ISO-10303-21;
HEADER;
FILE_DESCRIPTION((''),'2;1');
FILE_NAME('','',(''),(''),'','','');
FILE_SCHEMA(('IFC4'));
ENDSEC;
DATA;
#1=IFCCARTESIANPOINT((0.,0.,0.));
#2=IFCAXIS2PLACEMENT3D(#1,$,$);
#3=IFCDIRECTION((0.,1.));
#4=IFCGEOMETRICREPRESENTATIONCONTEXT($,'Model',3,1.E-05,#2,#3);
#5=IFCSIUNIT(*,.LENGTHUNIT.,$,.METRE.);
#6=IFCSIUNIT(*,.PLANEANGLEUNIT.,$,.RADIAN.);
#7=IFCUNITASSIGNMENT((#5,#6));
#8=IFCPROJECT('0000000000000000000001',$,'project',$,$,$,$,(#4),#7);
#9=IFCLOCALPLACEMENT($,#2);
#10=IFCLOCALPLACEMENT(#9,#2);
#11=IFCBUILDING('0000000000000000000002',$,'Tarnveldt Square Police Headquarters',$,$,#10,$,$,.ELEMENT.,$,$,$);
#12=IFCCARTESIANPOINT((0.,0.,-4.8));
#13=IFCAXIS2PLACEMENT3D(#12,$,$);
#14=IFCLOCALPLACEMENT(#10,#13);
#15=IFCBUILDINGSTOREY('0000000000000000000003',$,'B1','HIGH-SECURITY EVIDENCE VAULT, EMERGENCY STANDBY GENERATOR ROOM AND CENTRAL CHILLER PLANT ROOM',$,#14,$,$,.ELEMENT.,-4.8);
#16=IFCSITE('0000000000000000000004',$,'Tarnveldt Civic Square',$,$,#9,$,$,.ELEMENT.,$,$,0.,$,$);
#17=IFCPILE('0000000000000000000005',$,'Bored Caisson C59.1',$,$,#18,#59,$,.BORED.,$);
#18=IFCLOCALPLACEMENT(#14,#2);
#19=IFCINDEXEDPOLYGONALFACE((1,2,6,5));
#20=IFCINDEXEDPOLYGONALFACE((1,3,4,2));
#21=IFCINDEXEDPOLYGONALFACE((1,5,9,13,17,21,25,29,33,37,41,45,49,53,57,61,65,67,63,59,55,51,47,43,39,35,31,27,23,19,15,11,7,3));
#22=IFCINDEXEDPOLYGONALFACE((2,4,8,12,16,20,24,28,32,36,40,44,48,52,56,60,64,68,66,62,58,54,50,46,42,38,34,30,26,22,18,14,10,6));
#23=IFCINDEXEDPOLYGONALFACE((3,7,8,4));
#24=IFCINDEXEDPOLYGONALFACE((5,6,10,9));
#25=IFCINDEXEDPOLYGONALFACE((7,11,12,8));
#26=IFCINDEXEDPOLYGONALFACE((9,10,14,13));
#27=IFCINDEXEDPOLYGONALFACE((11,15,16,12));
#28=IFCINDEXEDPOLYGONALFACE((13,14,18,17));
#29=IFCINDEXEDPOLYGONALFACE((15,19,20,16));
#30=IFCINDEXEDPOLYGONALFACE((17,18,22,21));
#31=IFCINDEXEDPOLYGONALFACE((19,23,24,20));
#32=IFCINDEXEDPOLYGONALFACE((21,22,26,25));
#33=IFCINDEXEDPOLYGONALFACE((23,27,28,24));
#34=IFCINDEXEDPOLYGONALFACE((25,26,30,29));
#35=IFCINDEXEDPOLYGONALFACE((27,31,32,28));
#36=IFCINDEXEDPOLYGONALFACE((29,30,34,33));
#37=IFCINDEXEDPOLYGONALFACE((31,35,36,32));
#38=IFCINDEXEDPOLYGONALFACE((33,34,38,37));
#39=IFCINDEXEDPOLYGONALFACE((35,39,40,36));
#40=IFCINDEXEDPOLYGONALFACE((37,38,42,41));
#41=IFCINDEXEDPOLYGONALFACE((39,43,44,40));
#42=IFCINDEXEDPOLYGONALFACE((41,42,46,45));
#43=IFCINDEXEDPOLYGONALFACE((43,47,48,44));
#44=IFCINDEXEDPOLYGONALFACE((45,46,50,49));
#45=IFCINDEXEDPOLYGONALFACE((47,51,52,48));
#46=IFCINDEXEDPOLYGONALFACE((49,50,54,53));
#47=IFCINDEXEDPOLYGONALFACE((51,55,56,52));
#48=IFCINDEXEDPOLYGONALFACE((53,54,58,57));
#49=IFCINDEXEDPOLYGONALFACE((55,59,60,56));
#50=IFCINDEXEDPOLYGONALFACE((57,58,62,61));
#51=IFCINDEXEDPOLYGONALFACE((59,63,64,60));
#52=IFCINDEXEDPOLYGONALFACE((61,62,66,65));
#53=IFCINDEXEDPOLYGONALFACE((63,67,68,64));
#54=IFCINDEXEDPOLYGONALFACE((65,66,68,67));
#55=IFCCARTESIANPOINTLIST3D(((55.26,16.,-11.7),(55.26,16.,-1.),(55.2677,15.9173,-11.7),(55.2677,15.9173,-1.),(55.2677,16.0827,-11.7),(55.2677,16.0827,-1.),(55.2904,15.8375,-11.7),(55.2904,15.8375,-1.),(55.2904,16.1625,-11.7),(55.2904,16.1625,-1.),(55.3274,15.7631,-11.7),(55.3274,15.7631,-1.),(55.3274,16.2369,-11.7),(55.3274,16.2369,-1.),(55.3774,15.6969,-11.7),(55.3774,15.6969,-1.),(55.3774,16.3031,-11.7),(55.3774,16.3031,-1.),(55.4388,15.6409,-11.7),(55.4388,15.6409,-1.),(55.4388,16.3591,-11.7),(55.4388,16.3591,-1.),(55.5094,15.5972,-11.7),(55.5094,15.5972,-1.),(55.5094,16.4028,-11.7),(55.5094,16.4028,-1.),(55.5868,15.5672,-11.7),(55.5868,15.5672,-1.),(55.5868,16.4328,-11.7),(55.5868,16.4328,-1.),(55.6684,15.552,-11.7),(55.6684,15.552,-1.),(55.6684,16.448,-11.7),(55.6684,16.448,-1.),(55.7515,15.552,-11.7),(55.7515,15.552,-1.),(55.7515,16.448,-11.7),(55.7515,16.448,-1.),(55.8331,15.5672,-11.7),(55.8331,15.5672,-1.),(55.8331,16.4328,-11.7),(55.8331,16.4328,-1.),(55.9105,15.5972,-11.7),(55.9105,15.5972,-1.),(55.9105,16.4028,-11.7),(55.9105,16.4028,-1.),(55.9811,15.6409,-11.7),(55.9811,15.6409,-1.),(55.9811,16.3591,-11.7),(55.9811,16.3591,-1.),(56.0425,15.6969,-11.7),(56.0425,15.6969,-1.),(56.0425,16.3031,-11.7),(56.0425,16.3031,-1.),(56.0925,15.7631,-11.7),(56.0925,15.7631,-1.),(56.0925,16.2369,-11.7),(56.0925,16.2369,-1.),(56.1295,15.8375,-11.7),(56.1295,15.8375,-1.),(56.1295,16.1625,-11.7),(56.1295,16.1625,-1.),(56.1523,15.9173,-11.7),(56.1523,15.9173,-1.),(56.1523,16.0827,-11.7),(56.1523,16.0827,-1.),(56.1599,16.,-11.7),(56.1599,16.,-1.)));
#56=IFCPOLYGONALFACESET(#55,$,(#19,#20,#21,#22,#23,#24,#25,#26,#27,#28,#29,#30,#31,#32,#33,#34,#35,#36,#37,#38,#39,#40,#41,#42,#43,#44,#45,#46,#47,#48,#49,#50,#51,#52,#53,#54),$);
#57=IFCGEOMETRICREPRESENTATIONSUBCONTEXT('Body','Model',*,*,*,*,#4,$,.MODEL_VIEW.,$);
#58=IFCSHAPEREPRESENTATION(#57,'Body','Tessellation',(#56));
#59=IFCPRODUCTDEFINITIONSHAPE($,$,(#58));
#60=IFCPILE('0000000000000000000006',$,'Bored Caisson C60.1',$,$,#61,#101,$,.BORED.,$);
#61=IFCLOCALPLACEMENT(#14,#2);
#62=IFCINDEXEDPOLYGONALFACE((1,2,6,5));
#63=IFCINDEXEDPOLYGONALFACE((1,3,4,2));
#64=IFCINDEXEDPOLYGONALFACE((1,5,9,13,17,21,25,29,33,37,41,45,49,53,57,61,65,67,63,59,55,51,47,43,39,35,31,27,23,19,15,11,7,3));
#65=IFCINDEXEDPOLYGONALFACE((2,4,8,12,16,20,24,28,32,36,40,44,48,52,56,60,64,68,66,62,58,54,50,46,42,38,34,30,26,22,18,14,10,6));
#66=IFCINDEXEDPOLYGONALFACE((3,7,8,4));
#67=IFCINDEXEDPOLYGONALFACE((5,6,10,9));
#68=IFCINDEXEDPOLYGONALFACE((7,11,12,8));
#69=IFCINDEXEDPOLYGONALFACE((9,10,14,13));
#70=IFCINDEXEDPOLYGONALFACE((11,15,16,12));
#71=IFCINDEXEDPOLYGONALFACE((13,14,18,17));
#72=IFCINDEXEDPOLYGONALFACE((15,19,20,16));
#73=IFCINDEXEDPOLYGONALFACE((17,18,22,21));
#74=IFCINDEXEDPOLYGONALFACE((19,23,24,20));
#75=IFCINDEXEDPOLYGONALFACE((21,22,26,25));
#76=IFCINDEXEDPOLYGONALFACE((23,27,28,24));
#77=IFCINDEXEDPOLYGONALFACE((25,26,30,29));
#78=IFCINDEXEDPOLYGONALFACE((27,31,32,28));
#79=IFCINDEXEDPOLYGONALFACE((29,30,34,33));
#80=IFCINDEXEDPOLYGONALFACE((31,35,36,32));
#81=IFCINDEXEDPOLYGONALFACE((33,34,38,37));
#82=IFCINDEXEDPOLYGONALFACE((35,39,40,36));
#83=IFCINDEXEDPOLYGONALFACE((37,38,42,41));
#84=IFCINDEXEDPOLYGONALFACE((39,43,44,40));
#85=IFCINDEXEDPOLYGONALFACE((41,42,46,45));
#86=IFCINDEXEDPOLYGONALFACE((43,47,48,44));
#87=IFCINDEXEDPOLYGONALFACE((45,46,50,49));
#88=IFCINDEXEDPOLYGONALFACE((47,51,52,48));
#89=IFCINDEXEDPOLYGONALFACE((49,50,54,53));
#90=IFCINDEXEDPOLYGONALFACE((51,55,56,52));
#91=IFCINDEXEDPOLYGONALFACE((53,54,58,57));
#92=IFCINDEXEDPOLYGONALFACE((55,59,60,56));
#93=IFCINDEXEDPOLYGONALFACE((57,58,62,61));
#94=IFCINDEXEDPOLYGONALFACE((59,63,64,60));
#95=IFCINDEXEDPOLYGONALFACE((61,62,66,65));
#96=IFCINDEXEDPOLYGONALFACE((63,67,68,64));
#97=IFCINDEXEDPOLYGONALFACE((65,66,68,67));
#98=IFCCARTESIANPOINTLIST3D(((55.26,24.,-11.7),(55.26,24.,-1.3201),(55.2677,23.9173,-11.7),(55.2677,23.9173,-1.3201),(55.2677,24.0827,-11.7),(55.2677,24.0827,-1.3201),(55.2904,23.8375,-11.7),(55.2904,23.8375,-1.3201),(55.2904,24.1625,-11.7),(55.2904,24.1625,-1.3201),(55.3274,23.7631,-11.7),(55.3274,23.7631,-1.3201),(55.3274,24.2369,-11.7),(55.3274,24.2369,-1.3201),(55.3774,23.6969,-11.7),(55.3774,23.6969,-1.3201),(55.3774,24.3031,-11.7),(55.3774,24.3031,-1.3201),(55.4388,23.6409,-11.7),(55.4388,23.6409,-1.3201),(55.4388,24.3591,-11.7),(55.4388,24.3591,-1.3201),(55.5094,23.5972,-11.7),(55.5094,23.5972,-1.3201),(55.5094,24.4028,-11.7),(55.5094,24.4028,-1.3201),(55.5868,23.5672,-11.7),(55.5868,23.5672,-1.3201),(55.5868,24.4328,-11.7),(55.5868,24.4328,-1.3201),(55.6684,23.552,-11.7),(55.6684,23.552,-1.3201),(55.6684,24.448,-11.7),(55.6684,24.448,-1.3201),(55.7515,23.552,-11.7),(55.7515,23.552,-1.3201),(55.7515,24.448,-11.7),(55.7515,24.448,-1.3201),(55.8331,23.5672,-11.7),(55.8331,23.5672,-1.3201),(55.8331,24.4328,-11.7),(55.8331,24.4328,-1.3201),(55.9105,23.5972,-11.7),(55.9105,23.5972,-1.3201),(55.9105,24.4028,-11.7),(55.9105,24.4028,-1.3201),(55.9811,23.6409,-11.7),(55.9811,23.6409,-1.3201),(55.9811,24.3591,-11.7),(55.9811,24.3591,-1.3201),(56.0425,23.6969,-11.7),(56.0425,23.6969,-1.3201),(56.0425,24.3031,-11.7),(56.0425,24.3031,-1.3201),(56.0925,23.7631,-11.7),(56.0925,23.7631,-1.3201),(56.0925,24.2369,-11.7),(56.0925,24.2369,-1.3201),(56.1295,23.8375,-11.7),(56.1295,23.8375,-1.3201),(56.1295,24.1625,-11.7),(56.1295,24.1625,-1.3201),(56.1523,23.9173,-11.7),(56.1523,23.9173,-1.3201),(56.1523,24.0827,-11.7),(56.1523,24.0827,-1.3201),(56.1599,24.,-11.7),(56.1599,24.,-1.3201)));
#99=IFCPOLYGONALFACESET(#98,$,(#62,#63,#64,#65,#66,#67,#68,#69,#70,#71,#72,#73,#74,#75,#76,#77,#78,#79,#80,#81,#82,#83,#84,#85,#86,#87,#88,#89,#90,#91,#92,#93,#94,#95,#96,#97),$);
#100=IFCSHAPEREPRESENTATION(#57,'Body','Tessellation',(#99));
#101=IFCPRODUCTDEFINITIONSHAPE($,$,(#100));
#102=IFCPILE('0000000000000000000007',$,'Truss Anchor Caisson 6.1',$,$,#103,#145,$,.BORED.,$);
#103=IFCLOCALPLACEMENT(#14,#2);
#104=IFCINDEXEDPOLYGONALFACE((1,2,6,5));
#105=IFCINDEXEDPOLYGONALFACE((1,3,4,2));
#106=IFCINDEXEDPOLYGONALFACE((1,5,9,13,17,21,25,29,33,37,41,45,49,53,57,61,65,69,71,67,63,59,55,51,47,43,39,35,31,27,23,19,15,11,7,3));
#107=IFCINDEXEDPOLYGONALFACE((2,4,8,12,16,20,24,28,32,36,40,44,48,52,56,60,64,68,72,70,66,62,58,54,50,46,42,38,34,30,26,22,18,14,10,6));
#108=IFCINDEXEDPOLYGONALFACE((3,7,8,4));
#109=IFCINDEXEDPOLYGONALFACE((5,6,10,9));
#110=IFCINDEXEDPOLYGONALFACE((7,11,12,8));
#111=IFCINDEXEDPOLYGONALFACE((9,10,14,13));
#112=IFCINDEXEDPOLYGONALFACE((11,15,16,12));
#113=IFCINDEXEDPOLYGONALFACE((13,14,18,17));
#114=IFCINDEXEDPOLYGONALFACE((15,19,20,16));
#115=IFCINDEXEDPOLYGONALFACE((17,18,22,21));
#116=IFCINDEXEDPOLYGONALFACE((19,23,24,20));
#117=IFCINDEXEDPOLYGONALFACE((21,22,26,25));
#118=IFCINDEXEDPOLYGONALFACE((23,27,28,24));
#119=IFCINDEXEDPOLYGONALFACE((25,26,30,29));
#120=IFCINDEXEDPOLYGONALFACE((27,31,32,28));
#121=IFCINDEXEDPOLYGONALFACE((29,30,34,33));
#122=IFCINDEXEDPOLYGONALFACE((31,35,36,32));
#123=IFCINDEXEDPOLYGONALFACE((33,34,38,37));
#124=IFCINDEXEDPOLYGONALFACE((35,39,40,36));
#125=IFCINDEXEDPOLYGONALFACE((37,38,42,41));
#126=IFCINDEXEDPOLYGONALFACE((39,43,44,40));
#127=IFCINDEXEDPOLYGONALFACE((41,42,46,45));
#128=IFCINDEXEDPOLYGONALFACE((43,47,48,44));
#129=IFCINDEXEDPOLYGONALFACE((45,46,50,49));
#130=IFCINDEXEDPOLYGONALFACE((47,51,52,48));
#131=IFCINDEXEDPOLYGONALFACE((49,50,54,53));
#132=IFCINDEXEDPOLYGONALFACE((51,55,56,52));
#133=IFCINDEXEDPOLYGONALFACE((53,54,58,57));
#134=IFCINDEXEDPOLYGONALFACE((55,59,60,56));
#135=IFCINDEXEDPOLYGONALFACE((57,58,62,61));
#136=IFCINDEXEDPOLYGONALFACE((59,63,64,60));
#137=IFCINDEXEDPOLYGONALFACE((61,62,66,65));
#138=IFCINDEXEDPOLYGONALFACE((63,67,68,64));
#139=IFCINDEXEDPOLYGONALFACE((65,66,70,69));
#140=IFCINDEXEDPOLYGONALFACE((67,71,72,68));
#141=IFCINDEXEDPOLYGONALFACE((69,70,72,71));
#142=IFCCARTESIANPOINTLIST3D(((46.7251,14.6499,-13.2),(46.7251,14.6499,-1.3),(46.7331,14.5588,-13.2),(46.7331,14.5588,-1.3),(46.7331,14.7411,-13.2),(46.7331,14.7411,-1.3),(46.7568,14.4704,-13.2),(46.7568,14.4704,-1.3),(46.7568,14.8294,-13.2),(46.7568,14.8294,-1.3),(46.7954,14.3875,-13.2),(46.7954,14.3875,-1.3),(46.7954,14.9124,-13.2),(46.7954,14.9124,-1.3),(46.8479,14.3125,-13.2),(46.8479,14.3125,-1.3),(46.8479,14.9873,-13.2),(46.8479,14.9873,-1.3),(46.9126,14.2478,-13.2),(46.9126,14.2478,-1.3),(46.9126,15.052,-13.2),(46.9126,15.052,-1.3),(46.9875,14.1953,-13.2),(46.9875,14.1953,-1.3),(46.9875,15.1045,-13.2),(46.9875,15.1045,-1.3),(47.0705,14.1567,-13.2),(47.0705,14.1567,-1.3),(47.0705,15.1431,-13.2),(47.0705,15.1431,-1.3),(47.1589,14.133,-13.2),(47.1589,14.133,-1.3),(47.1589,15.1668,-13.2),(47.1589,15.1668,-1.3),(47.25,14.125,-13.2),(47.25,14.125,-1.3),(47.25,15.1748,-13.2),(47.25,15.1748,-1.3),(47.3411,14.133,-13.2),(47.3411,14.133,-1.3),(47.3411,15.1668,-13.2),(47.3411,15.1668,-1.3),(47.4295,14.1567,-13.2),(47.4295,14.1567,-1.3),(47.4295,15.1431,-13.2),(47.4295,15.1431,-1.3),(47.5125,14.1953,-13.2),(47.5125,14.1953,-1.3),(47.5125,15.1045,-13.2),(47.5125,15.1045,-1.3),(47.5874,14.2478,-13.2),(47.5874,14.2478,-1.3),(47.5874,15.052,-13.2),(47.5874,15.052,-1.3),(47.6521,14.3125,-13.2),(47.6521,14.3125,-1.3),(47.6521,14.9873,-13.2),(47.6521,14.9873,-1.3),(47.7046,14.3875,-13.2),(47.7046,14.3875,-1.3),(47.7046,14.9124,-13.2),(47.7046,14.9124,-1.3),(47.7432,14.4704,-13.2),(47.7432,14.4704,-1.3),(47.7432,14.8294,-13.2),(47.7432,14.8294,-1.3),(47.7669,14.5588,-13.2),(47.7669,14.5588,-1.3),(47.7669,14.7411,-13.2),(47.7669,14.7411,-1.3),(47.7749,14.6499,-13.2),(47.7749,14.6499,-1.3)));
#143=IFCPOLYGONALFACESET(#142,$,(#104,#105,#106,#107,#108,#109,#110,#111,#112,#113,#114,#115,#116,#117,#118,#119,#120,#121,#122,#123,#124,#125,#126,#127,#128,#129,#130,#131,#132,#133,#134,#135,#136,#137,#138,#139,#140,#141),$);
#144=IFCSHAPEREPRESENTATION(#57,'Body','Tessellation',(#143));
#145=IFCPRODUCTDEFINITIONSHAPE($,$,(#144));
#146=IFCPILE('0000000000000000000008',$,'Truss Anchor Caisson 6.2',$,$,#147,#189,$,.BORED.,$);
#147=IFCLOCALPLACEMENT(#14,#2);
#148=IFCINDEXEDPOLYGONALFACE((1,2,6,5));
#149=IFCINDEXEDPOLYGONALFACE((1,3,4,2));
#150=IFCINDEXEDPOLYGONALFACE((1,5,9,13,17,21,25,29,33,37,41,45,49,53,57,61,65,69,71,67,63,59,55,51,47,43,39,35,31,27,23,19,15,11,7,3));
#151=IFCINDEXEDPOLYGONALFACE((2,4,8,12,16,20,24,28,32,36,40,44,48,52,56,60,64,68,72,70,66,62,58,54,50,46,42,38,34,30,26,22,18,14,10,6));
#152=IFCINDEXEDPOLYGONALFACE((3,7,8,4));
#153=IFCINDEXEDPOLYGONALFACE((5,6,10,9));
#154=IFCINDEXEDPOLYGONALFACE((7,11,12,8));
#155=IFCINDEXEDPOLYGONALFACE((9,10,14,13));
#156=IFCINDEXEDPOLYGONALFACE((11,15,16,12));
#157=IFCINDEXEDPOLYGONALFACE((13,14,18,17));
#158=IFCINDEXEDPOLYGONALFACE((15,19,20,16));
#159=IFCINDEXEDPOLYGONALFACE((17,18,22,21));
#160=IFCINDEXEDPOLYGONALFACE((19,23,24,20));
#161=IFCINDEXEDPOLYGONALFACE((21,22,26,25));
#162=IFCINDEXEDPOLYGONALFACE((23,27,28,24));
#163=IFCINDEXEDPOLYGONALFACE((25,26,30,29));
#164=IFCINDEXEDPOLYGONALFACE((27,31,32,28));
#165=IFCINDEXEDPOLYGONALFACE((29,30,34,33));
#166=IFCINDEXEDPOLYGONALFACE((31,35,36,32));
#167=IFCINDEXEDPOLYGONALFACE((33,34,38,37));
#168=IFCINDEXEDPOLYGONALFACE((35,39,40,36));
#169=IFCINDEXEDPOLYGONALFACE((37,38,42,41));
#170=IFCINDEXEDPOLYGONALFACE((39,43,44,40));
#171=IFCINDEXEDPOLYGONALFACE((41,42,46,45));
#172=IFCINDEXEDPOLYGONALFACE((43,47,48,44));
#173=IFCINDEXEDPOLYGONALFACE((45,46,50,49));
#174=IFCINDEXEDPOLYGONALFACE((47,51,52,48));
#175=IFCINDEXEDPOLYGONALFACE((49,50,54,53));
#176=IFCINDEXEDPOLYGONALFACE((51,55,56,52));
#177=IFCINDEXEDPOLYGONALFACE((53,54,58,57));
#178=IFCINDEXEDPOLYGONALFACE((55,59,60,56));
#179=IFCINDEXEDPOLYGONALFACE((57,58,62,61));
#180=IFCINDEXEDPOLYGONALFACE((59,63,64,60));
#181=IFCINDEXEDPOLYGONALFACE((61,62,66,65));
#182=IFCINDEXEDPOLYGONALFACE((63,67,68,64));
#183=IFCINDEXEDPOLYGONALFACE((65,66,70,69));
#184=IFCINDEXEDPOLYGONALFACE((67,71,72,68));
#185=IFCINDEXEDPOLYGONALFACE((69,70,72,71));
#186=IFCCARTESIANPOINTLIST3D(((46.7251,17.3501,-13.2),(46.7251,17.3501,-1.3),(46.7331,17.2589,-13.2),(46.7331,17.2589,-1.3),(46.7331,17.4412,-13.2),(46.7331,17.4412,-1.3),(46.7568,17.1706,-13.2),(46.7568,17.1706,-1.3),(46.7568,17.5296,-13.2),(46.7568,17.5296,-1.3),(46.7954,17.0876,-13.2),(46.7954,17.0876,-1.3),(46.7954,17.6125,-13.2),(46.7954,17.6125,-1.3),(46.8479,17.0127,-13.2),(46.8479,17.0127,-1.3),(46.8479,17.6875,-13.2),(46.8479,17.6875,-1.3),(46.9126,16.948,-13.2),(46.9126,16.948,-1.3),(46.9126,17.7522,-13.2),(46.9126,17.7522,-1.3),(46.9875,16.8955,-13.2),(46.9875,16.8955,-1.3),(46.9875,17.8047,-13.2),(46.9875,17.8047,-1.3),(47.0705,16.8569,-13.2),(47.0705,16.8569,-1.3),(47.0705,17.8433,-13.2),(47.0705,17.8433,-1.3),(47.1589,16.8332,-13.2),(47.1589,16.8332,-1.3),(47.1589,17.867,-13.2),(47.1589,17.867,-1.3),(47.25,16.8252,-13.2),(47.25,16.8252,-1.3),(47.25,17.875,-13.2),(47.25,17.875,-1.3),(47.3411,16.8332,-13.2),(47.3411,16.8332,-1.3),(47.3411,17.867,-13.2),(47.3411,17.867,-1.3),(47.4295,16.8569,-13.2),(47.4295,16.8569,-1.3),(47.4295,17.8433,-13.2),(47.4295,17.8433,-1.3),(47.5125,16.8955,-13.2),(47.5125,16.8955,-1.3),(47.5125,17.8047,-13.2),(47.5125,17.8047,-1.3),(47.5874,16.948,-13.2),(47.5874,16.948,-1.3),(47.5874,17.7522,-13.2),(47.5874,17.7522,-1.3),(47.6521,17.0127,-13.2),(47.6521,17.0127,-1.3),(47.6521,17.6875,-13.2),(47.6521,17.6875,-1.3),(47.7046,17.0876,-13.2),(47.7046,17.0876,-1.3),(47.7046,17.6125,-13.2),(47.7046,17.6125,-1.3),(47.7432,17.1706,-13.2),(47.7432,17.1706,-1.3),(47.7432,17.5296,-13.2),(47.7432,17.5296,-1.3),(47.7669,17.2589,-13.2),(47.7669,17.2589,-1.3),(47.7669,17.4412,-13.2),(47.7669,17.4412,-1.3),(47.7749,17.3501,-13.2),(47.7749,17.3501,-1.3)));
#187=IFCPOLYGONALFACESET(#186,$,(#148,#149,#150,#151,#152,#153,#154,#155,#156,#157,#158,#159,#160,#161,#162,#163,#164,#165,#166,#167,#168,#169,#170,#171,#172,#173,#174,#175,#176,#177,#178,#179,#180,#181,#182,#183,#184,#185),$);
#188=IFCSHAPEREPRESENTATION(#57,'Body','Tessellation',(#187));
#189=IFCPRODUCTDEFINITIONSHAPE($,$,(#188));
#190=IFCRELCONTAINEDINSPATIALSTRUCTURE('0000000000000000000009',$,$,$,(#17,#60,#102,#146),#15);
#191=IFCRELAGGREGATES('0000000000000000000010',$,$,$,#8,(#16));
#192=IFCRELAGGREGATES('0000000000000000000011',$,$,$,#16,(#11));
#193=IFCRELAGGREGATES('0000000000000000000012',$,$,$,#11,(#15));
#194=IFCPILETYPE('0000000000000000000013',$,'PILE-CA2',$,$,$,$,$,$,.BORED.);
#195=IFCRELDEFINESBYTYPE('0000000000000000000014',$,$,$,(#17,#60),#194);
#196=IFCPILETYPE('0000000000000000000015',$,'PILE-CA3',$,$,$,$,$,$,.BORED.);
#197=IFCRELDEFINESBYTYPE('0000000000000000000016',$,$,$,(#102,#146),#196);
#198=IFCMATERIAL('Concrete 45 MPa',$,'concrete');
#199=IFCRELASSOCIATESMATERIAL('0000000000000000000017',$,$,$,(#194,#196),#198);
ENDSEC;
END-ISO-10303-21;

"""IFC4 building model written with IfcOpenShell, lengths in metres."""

from ifc_helpers import new_model, si_unit, direction, frame, origin, origin_2d, place, context, subcontext, project, spatial, circle, extrude, material, material_profile, profile_set, type_object, element, save


model = new_model("IFC4")

# Units and contexts
model_context = context("Model", 3, precision=1e-05, world=origin(), true_north=direction((0.0, 1.0)))
body_context = subcontext(model_context, "Body", "Model", "MODEL_VIEW")
ifc_project = project(units=[si_unit("LENGTHUNIT", "METRE"), si_unit("PLANEANGLEUNIT", "RADIAN")], contexts=[model_context])

# Site, building, storey
site_placement = place(None, origin())
site = spatial("IfcSite", under=ifc_project, at=site_placement, Name="Tarnveldt Civic Square", CompositionType="ELEMENT", RefElevation=0.0)
building_placement = place(site_placement, origin())
building = spatial("IfcBuilding", under=site, at=building_placement, Name="Tarnveldt Square Police Headquarters", CompositionType="ELEMENT")
storey_placement = place(building_placement, frame((0.0, 0.0, -4.8)))
storey = spatial("IfcBuildingStorey", under=building, at=storey_placement, Name="B1", Description="HIGH-SECURITY EVIDENCE VAULT, EMERGENCY STANDBY GENERATOR ROOM AND CENTRAL CHILLER PLANT ROOM", CompositionType="ELEMENT", Elevation=-4.8)

# Shared definitions
ifc_material_1 = material(Name="Concrete 45 MPa", Category="concrete")

# Piles
ifc_material_profile_1 = material_profile(ifc_material_1, circle(Radius=0.45, at=origin_2d()), Name="CAISSON-D900")
ifc_profile_set_1 = profile_set([ifc_material_profile_1], Name="Concrete 45 MPa")
pile_type_1 = type_object("IfcPileType", Name="PILE-CA2", PredefinedType="BORED", material=ifc_profile_set_1)
pile_1_placement = place(storey_placement, frame((55.71, 16.0, -1.0), z_axis=(0.0, 0.0, -1.0), x_axis=(1.0, 0.0, 0.0)))
element("IfcPile", 1, at=pile_1_placement, inside=storey, type_object=pile_type_1, Name="Bored Caisson C59.1", PredefinedType="BORED", context=body_context, shape_type="SweptSolid", body=[
    extrude(circle(Radius=0.45, at=origin_2d()), origin(), (0.0, 0.0, 1.0), 10.7),
])
pile_2_placement = place(storey_placement, frame((55.71, 24.0, -1.3201), z_axis=(0.0, 0.0, -1.0), x_axis=(1.0, 0.0, 0.0)))
element("IfcPile", 2, at=pile_2_placement, inside=storey, type_object=pile_type_1, Name="Bored Caisson C60.1", PredefinedType="BORED", context=body_context, shape_type="SweptSolid", body=[
    extrude(circle(Radius=0.45, at=origin_2d()), origin(), (0.0, 0.0, 1.0), 10.3799),
])
ifc_material_profile_2 = material_profile(ifc_material_1, circle(Radius=0.5249, at=origin_2d()), Name="CAISSON-D1050")
ifc_profile_set_2 = profile_set([ifc_material_profile_2], Name="Concrete 45 MPa")
pile_type_2 = type_object("IfcPileType", Name="PILE-CA3", PredefinedType="BORED", material=ifc_profile_set_2)
for number, where, z_axis, x_axis, name in (
    (3, (47.25, 14.6499, -1.3), (0.0, 0.0, -1.0), (1.0, 0.0, 0.0), "Truss Anchor Caisson 6.1"),
    (4, (47.25, 17.3501, -1.3), (0.0, 0.0, -1.0), (1.0, 0.0, 0.0), "Truss Anchor Caisson 6.2"),
):
    element("IfcPile", number, at=place(storey_placement, frame(where, z_axis=z_axis, x_axis=x_axis)), inside=storey, type_object=pile_type_2, Name=name, PredefinedType="BORED", context=body_context, shape_type="SweptSolid", body=[
        extrude(circle(Radius=0.5249, at=origin_2d()), origin(), (0.0, 0.0, 1.0), 11.8999),
    ])

save(model, "model.ifc")
